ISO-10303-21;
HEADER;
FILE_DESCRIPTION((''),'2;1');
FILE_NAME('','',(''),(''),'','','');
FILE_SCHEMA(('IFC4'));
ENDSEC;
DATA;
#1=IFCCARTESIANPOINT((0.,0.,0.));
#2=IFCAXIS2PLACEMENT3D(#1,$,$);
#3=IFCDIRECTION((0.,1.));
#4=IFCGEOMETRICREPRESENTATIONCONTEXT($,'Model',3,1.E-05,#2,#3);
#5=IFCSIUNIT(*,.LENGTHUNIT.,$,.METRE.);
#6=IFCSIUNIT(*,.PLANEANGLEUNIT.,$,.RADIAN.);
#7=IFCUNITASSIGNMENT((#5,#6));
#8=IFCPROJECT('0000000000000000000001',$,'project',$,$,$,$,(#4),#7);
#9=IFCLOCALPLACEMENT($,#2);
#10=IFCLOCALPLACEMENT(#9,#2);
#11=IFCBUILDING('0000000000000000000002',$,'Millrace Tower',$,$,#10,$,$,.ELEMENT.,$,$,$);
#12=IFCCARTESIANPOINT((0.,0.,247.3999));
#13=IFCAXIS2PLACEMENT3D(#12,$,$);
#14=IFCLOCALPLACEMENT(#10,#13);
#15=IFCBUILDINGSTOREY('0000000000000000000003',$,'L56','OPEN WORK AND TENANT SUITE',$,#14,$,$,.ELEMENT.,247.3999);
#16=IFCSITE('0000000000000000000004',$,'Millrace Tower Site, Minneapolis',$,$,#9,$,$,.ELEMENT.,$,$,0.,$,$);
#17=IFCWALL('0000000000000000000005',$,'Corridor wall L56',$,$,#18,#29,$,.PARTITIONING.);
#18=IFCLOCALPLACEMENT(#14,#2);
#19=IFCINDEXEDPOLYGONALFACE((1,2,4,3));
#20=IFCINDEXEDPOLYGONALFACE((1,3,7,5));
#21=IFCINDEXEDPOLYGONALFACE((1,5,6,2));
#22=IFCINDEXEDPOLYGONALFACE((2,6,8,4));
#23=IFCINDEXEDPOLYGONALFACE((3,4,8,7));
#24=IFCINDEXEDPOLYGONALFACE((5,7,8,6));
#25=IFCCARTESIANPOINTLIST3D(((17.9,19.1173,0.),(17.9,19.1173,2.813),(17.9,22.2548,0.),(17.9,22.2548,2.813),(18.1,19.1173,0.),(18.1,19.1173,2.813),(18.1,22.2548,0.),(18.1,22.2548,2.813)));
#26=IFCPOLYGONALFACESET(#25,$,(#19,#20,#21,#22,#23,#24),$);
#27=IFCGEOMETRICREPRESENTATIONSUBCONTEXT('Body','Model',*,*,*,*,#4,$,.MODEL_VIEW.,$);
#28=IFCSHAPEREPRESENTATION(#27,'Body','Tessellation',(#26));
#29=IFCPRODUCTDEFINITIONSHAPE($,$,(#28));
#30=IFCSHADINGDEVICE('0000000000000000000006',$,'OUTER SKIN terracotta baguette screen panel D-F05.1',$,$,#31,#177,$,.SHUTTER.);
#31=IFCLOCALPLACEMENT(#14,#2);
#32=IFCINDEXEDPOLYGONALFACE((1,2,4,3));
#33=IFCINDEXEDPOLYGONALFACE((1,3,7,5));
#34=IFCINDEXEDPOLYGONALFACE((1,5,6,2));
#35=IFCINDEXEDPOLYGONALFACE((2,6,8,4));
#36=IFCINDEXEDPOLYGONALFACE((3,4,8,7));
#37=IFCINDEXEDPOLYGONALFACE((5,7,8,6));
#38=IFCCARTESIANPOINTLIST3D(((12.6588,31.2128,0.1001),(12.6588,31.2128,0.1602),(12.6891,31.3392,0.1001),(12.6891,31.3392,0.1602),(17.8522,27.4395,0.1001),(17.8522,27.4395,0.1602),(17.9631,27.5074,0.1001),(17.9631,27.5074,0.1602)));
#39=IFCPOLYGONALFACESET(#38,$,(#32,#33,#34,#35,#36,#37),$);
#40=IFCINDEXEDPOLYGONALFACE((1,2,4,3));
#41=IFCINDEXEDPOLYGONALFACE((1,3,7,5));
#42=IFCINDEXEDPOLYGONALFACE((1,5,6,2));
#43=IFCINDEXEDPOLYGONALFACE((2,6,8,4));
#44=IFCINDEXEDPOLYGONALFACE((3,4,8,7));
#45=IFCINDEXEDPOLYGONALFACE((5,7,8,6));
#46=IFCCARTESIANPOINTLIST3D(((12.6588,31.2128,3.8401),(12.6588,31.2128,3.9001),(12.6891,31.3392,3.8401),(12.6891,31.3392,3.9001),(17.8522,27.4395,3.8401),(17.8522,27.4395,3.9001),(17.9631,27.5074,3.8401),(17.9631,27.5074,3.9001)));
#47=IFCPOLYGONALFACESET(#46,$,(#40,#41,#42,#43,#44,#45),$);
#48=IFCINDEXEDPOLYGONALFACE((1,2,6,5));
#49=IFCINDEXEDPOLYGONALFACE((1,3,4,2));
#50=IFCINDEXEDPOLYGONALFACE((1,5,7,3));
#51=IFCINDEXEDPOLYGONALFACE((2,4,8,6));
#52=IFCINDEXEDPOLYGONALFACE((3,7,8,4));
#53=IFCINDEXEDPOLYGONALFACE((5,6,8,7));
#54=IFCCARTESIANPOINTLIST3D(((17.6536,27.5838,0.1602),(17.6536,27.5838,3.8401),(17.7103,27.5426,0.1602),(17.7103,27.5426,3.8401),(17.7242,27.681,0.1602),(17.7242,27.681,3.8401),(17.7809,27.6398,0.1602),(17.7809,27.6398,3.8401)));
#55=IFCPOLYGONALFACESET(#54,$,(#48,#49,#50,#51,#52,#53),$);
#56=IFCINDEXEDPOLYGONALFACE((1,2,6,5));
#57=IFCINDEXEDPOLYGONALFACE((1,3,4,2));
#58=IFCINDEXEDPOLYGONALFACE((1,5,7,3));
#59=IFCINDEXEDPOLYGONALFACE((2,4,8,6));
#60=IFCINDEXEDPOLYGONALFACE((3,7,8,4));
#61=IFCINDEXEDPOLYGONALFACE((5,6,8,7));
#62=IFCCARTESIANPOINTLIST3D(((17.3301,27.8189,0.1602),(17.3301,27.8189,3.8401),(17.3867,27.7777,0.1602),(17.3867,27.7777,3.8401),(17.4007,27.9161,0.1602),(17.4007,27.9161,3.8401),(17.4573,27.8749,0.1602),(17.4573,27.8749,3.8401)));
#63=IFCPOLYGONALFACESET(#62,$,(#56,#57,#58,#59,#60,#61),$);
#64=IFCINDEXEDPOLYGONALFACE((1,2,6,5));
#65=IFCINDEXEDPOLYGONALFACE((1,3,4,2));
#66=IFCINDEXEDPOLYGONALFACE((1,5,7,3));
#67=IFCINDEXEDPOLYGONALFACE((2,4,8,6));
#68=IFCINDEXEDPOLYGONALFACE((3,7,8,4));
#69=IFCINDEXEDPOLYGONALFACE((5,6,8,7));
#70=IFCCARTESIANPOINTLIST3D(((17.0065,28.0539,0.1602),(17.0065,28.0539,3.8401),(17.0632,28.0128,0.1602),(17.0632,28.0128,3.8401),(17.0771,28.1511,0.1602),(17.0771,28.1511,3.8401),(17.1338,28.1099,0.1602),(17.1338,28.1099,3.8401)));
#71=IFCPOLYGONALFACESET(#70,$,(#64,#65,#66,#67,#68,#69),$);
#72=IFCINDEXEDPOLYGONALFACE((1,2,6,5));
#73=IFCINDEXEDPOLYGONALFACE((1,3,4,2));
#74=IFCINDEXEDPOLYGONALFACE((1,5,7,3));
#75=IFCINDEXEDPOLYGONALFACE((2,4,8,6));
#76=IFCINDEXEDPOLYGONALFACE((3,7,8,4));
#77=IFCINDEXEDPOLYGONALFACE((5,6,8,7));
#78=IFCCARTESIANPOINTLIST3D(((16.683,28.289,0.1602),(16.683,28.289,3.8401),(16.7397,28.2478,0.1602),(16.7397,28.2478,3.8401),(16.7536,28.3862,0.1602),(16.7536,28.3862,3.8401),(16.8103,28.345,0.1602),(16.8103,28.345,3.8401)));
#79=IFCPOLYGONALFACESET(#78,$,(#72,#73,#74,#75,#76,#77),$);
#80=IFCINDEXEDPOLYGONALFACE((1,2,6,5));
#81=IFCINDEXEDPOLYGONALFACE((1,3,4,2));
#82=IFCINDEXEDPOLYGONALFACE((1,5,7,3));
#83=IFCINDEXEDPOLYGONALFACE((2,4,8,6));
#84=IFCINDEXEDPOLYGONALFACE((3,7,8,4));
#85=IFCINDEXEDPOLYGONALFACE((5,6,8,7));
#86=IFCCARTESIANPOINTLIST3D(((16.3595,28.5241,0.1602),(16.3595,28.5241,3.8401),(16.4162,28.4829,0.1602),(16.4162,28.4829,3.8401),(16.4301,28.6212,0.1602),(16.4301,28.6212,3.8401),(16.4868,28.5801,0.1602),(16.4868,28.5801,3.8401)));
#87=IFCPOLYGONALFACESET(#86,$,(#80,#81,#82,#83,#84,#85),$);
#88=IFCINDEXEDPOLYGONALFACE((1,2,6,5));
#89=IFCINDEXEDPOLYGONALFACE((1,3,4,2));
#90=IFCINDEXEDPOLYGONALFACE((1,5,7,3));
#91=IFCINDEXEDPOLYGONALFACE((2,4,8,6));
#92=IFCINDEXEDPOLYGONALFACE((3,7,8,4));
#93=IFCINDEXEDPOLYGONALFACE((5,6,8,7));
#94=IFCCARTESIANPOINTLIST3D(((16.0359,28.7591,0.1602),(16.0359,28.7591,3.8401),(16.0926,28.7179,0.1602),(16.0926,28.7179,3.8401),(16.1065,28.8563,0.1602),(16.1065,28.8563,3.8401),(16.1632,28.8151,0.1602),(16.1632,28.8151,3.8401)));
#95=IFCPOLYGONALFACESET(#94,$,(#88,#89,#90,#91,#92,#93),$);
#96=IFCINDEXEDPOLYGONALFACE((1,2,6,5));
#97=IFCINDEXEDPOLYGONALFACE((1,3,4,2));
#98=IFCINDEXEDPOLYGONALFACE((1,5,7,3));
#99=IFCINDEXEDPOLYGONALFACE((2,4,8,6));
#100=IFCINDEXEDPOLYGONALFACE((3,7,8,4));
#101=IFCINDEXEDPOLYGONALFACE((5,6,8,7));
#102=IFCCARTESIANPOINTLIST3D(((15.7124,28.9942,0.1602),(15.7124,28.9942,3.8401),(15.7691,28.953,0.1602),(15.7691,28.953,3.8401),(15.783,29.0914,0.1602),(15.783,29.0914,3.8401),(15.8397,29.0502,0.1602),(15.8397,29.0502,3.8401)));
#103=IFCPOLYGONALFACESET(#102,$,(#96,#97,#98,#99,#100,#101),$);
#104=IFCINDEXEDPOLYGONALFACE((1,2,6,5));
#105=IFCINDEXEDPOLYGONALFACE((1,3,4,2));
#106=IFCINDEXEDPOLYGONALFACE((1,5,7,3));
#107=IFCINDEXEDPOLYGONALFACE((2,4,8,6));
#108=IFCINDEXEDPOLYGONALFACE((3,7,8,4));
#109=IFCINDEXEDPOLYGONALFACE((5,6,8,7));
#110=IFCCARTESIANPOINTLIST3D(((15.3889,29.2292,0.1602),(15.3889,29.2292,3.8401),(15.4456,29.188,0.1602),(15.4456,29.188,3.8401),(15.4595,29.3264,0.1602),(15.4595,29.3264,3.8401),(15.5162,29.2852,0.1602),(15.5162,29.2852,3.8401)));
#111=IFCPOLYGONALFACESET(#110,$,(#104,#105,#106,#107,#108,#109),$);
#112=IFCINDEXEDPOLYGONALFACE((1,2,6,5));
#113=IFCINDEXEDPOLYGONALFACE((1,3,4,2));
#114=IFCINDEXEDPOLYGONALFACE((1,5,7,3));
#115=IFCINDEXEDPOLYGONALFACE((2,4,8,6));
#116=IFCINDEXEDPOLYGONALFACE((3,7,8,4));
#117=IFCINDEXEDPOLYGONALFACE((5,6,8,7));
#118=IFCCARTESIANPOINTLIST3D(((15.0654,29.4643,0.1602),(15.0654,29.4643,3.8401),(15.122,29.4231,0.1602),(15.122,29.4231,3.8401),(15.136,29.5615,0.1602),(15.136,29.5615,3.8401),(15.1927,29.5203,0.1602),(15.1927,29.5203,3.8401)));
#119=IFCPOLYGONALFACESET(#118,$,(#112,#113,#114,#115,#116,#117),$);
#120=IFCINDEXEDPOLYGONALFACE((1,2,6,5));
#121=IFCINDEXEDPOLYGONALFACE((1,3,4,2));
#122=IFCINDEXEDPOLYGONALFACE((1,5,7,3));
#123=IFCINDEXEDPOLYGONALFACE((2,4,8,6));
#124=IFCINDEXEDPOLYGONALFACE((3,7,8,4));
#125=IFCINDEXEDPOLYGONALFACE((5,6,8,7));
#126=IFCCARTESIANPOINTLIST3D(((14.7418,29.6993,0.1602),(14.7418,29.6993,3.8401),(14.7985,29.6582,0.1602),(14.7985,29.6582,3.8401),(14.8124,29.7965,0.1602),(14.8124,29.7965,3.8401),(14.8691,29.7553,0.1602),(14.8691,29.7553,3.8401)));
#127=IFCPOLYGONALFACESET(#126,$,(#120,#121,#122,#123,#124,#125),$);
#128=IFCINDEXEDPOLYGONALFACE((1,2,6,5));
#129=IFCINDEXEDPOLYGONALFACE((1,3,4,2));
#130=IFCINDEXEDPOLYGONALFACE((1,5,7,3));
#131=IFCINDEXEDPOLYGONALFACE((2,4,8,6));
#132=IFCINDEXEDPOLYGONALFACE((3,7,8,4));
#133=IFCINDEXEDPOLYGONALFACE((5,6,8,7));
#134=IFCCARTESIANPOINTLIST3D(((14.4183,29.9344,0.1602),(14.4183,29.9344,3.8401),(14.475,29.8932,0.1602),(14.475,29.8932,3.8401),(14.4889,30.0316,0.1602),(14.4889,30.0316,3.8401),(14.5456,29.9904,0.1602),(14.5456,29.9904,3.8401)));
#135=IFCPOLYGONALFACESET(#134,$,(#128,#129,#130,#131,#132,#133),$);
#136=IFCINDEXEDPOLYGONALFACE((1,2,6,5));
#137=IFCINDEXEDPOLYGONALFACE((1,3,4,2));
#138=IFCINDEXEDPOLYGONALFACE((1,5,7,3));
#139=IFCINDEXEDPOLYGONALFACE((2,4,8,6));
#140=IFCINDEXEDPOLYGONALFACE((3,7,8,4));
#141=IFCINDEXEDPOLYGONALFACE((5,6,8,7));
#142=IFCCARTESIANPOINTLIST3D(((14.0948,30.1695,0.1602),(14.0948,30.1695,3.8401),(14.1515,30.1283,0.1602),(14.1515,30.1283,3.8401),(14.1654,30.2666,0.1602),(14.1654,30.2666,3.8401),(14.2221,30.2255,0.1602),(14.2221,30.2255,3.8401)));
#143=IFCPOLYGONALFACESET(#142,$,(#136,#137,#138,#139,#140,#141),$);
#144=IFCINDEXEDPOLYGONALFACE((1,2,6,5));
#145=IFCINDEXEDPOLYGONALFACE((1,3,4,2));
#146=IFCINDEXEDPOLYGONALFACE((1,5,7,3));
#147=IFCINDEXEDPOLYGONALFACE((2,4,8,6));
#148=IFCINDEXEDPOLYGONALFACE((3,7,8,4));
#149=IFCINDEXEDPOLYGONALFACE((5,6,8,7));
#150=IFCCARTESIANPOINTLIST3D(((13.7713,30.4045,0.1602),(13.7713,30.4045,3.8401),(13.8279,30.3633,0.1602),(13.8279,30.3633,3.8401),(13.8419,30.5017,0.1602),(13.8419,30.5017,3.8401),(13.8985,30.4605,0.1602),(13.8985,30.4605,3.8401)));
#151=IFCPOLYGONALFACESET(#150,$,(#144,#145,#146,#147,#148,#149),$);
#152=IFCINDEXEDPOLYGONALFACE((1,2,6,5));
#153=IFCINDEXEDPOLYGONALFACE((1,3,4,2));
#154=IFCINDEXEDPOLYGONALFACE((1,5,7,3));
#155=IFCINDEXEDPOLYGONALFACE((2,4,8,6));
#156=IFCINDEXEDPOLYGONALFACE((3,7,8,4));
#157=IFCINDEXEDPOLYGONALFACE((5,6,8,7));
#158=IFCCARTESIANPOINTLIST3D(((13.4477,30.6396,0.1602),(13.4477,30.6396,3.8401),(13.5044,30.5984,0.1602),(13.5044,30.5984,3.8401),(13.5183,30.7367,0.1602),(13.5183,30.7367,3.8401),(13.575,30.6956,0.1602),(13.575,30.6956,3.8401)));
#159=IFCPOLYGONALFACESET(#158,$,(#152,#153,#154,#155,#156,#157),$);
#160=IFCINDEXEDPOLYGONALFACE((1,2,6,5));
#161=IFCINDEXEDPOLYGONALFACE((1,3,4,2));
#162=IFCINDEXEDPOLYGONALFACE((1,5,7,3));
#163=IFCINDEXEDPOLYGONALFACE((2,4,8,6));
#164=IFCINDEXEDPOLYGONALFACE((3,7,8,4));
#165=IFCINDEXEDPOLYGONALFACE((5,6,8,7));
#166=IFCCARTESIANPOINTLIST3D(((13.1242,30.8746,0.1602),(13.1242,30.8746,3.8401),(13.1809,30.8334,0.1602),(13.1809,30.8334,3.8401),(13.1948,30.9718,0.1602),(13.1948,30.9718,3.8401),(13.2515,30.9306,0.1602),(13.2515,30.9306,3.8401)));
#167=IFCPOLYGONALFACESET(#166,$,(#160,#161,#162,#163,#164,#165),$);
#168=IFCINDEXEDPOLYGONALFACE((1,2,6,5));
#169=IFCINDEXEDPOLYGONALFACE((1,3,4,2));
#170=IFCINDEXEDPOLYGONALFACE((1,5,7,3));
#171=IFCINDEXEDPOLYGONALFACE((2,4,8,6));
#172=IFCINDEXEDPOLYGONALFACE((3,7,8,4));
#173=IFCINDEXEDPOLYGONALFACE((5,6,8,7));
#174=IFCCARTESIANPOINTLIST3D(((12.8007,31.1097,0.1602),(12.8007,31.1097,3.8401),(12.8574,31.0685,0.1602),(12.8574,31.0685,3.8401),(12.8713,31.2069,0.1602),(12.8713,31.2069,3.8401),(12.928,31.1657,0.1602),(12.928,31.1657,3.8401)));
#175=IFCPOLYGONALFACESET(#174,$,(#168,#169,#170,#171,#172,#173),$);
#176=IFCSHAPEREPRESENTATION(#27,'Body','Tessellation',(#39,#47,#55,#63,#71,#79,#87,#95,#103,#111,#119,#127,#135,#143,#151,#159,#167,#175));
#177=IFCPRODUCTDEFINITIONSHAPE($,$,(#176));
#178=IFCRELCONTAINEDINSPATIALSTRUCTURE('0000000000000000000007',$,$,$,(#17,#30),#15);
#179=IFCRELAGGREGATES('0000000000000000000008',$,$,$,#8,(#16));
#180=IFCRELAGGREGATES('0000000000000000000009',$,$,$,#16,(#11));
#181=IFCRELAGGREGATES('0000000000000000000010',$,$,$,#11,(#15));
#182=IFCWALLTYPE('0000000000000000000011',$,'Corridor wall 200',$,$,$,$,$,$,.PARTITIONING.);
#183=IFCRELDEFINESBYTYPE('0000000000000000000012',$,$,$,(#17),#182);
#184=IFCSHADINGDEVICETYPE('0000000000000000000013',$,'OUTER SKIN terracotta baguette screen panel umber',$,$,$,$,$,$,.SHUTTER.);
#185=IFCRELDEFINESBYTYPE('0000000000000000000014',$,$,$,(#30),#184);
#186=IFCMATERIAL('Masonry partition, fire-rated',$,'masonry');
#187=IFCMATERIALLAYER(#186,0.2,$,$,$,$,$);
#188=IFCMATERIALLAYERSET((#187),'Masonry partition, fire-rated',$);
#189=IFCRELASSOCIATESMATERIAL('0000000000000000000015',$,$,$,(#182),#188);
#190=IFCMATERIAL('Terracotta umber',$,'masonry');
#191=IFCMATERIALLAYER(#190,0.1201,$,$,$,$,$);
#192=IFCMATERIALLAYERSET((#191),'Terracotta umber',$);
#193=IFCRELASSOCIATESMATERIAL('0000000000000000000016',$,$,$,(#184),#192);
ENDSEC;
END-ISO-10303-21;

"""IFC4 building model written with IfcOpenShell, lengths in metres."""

from ifc_helpers import new_model, entity, si_unit, direction, frame, frame_2d, origin, place, context, subcontext, project, spatial, rectangle, extrude, source, transform, mapped, material, layer, layer_set, type_object, element, save


model = new_model("IFC4")

# Units and contexts
model_context = context("Model", 3, precision=1e-05, world=origin(), true_north=direction((0.0, 1.0)))
body_context = subcontext(model_context, "Body", "Model", "MODEL_VIEW")
ifc_project = project(units=[si_unit("LENGTHUNIT", "METRE"), si_unit("PLANEANGLEUNIT", "RADIAN")], contexts=[model_context])

# Site, building, storey
site_placement = place(None, origin())
site = spatial("IfcSite", under=ifc_project, at=site_placement, Name="Millrace Tower Site, Minneapolis", CompositionType="ELEMENT", RefElevation=0.0)
building_placement = place(site_placement, origin())
building = spatial("IfcBuilding", under=site, at=building_placement, Name="Millrace Tower", CompositionType="ELEMENT")
storey_placement = place(building_placement, frame((0.0, 0.0, 247.3999)))
storey = spatial("IfcBuildingStorey", under=building, at=storey_placement, Name="L56", Description="OPEN WORK AND TENANT SUITE", CompositionType="ELEMENT", Elevation=247.3999)

# Wall
ifc_material_1 = material(Name="Masonry partition, fire-rated", Category="masonry")
ifc_layer_1 = layer(ifc_material_1, 0.2)
ifc_layer_set_1 = layer_set([ifc_layer_1], Name="Masonry partition, fire-rated")
wall_type = type_object("IfcWallType", Name="Corridor wall 200", PredefinedType="PARTITIONING", material=ifc_layer_set_1)
wall_placement = place(storey_placement, frame((18.0, 19.1172, 0.0), z_axis=(0.0, 0.0, 1.0), x_axis=(0.0, 1.0, 0.0)))
element("IfcWall", 1, at=wall_placement, inside=storey, type_object=wall_type, Name="Corridor wall L56", PredefinedType="PARTITIONING", context=body_context, shape_type="SweptSolid", body=[
    extrude(rectangle(XDim=3.1375, YDim=0.2, at=frame_2d((1.5688, 0.0))), origin(), (0.0, 0.0, 1.0), 2.813),
])

# Shading device
ifc_material_2 = material(Name="Terracotta umber", Category="masonry")
ifc_layer_2 = layer(ifc_material_2, 0.1201)
ifc_layer_set_2 = layer_set([ifc_layer_2], Name="Terracotta umber")
shading_device_type = type_object("IfcShadingDeviceType", Name="OUTER SKIN terracotta baguette screen panel umber", PredefinedType="SHUTTER", material=ifc_layer_set_2)
cartesian_point_1 = entity("IfcCartesianPoint", [-3.2097, 0.0601])
shared_polyline_1 = entity("IfcPolyline", [cartesian_point_1, entity("IfcCartesianPoint", [3.2097, 0.0601]), entity("IfcCartesianPoint", [3.2595, -0.0601]), entity("IfcCartesianPoint", [-3.2595, -0.0601]), cartesian_point_1])
shared_shape_1 = source(origin(), body_context, "Body", "SweptSolid", [
    entity("IfcExtrudedAreaSolid", entity("IfcArbitraryClosedProfileDef", "AREA", None, shared_polyline_1), entity("IfcAxis2Placement3D", entity("IfcCartesianPoint", [0.0, 0.0, 0.0])), entity("IfcDirection", [0.0, 0.0, 1.0]), 0.0601),
    entity("IfcExtrudedAreaSolid", entity("IfcArbitraryClosedProfileDef", "AREA", None, shared_polyline_1), entity("IfcAxis2Placement3D", entity("IfcCartesianPoint", [0.0, 0.0, 3.74])), entity("IfcDirection", [0.0, 0.0, 1.0]), 0.0601),
    extrude(rectangle(XDim=0.0701, YDim=0.1201, at=frame_2d((-2.9993, 0.0))), frame((0.0, 0.0, 0.0601)), (0.0, 0.0, 1.0), 3.6799),
    extrude(rectangle(XDim=0.0701, YDim=0.1201, at=frame_2d((-2.5994, 0.0))), frame((0.0, 0.0, 0.0601)), (0.0, 0.0, 1.0), 3.6799),
    extrude(rectangle(XDim=0.0701, YDim=0.1201, at=frame_2d((-2.1995, 0.0))), frame((0.0, 0.0, 0.0601)), (0.0, 0.0, 1.0), 3.6799),
    extrude(rectangle(XDim=0.0701, YDim=0.1201, at=frame_2d((-1.7996, 0.0))), frame((0.0, 0.0, 0.0601)), (0.0, 0.0, 1.0), 3.6799),
    extrude(rectangle(XDim=0.0701, YDim=0.1201, at=frame_2d((-1.3997, 0.0))), frame((0.0, 0.0, 0.0601)), (0.0, 0.0, 1.0), 3.6799),
    extrude(rectangle(XDim=0.0701, YDim=0.1201, at=frame_2d((-0.9998, 0.0))), frame((0.0, 0.0, 0.0601)), (0.0, 0.0, 1.0), 3.6799),
    extrude(rectangle(XDim=0.0701, YDim=0.1201, at=frame_2d((-0.5999, 0.0))), frame((0.0, 0.0, 0.0601)), (0.0, 0.0, 1.0), 3.6799),
    extrude(rectangle(XDim=0.0701, YDim=0.1201, at=frame_2d((-0.2, 0.0))), frame((0.0, 0.0, 0.0601)), (0.0, 0.0, 1.0), 3.6799),
    extrude(rectangle(XDim=0.0701, YDim=0.1201, at=frame_2d((0.2, 0.0))), frame((0.0, 0.0, 0.0601)), (0.0, 0.0, 1.0), 3.6799),
    extrude(rectangle(XDim=0.0701, YDim=0.1201, at=frame_2d((0.5999, 0.0))), frame((0.0, 0.0, 0.0601)), (0.0, 0.0, 1.0), 3.6799),
    extrude(rectangle(XDim=0.0701, YDim=0.1201, at=frame_2d((0.9998, 0.0))), frame((0.0, 0.0, 0.0601)), (0.0, 0.0, 1.0), 3.6799),
    extrude(rectangle(XDim=0.0701, YDim=0.1201, at=frame_2d((1.3997, 0.0))), frame((0.0, 0.0, 0.0601)), (0.0, 0.0, 1.0), 3.6799),
    extrude(rectangle(XDim=0.0701, YDim=0.1201, at=frame_2d((1.7996, 0.0))), frame((0.0, 0.0, 0.0601)), (0.0, 0.0, 1.0), 3.6799),
    extrude(rectangle(XDim=0.0701, YDim=0.1201, at=frame_2d((2.1995, 0.0))), frame((0.0, 0.0, 0.0601)), (0.0, 0.0, 1.0), 3.6799),
    extrude(rectangle(XDim=0.0701, YDim=0.1201, at=frame_2d((2.5994, 0.0))), frame((0.0, 0.0, 0.0601)), (0.0, 0.0, 1.0), 3.6799),
    extrude(rectangle(XDim=0.0701, YDim=0.1201, at=frame_2d((2.9993, 0.0))), frame((0.0, 0.0, 0.0601)), (0.0, 0.0, 1.0), 3.6799),
])
shading_device_1_placement = place(storey_placement, frame((15.2908, 29.3748, 0.1001), z_axis=(0.0, 0.0, 1.0), x_axis=(-0.809017, 0.587785, 0.0)))
element("IfcShadingDevice", 2, at=shading_device_1_placement, inside=storey, type_object=shading_device_type, Name="OUTER SKIN terracotta baguette screen panel D-F05.1", PredefinedType="SHUTTER", context=body_context, shape_type="MappedRepresentation", body=[
    mapped(shared_shape_1, transform((0.0, 0.0, 0.0), scale=1.0)),
])

save(model, "model.ifc")
